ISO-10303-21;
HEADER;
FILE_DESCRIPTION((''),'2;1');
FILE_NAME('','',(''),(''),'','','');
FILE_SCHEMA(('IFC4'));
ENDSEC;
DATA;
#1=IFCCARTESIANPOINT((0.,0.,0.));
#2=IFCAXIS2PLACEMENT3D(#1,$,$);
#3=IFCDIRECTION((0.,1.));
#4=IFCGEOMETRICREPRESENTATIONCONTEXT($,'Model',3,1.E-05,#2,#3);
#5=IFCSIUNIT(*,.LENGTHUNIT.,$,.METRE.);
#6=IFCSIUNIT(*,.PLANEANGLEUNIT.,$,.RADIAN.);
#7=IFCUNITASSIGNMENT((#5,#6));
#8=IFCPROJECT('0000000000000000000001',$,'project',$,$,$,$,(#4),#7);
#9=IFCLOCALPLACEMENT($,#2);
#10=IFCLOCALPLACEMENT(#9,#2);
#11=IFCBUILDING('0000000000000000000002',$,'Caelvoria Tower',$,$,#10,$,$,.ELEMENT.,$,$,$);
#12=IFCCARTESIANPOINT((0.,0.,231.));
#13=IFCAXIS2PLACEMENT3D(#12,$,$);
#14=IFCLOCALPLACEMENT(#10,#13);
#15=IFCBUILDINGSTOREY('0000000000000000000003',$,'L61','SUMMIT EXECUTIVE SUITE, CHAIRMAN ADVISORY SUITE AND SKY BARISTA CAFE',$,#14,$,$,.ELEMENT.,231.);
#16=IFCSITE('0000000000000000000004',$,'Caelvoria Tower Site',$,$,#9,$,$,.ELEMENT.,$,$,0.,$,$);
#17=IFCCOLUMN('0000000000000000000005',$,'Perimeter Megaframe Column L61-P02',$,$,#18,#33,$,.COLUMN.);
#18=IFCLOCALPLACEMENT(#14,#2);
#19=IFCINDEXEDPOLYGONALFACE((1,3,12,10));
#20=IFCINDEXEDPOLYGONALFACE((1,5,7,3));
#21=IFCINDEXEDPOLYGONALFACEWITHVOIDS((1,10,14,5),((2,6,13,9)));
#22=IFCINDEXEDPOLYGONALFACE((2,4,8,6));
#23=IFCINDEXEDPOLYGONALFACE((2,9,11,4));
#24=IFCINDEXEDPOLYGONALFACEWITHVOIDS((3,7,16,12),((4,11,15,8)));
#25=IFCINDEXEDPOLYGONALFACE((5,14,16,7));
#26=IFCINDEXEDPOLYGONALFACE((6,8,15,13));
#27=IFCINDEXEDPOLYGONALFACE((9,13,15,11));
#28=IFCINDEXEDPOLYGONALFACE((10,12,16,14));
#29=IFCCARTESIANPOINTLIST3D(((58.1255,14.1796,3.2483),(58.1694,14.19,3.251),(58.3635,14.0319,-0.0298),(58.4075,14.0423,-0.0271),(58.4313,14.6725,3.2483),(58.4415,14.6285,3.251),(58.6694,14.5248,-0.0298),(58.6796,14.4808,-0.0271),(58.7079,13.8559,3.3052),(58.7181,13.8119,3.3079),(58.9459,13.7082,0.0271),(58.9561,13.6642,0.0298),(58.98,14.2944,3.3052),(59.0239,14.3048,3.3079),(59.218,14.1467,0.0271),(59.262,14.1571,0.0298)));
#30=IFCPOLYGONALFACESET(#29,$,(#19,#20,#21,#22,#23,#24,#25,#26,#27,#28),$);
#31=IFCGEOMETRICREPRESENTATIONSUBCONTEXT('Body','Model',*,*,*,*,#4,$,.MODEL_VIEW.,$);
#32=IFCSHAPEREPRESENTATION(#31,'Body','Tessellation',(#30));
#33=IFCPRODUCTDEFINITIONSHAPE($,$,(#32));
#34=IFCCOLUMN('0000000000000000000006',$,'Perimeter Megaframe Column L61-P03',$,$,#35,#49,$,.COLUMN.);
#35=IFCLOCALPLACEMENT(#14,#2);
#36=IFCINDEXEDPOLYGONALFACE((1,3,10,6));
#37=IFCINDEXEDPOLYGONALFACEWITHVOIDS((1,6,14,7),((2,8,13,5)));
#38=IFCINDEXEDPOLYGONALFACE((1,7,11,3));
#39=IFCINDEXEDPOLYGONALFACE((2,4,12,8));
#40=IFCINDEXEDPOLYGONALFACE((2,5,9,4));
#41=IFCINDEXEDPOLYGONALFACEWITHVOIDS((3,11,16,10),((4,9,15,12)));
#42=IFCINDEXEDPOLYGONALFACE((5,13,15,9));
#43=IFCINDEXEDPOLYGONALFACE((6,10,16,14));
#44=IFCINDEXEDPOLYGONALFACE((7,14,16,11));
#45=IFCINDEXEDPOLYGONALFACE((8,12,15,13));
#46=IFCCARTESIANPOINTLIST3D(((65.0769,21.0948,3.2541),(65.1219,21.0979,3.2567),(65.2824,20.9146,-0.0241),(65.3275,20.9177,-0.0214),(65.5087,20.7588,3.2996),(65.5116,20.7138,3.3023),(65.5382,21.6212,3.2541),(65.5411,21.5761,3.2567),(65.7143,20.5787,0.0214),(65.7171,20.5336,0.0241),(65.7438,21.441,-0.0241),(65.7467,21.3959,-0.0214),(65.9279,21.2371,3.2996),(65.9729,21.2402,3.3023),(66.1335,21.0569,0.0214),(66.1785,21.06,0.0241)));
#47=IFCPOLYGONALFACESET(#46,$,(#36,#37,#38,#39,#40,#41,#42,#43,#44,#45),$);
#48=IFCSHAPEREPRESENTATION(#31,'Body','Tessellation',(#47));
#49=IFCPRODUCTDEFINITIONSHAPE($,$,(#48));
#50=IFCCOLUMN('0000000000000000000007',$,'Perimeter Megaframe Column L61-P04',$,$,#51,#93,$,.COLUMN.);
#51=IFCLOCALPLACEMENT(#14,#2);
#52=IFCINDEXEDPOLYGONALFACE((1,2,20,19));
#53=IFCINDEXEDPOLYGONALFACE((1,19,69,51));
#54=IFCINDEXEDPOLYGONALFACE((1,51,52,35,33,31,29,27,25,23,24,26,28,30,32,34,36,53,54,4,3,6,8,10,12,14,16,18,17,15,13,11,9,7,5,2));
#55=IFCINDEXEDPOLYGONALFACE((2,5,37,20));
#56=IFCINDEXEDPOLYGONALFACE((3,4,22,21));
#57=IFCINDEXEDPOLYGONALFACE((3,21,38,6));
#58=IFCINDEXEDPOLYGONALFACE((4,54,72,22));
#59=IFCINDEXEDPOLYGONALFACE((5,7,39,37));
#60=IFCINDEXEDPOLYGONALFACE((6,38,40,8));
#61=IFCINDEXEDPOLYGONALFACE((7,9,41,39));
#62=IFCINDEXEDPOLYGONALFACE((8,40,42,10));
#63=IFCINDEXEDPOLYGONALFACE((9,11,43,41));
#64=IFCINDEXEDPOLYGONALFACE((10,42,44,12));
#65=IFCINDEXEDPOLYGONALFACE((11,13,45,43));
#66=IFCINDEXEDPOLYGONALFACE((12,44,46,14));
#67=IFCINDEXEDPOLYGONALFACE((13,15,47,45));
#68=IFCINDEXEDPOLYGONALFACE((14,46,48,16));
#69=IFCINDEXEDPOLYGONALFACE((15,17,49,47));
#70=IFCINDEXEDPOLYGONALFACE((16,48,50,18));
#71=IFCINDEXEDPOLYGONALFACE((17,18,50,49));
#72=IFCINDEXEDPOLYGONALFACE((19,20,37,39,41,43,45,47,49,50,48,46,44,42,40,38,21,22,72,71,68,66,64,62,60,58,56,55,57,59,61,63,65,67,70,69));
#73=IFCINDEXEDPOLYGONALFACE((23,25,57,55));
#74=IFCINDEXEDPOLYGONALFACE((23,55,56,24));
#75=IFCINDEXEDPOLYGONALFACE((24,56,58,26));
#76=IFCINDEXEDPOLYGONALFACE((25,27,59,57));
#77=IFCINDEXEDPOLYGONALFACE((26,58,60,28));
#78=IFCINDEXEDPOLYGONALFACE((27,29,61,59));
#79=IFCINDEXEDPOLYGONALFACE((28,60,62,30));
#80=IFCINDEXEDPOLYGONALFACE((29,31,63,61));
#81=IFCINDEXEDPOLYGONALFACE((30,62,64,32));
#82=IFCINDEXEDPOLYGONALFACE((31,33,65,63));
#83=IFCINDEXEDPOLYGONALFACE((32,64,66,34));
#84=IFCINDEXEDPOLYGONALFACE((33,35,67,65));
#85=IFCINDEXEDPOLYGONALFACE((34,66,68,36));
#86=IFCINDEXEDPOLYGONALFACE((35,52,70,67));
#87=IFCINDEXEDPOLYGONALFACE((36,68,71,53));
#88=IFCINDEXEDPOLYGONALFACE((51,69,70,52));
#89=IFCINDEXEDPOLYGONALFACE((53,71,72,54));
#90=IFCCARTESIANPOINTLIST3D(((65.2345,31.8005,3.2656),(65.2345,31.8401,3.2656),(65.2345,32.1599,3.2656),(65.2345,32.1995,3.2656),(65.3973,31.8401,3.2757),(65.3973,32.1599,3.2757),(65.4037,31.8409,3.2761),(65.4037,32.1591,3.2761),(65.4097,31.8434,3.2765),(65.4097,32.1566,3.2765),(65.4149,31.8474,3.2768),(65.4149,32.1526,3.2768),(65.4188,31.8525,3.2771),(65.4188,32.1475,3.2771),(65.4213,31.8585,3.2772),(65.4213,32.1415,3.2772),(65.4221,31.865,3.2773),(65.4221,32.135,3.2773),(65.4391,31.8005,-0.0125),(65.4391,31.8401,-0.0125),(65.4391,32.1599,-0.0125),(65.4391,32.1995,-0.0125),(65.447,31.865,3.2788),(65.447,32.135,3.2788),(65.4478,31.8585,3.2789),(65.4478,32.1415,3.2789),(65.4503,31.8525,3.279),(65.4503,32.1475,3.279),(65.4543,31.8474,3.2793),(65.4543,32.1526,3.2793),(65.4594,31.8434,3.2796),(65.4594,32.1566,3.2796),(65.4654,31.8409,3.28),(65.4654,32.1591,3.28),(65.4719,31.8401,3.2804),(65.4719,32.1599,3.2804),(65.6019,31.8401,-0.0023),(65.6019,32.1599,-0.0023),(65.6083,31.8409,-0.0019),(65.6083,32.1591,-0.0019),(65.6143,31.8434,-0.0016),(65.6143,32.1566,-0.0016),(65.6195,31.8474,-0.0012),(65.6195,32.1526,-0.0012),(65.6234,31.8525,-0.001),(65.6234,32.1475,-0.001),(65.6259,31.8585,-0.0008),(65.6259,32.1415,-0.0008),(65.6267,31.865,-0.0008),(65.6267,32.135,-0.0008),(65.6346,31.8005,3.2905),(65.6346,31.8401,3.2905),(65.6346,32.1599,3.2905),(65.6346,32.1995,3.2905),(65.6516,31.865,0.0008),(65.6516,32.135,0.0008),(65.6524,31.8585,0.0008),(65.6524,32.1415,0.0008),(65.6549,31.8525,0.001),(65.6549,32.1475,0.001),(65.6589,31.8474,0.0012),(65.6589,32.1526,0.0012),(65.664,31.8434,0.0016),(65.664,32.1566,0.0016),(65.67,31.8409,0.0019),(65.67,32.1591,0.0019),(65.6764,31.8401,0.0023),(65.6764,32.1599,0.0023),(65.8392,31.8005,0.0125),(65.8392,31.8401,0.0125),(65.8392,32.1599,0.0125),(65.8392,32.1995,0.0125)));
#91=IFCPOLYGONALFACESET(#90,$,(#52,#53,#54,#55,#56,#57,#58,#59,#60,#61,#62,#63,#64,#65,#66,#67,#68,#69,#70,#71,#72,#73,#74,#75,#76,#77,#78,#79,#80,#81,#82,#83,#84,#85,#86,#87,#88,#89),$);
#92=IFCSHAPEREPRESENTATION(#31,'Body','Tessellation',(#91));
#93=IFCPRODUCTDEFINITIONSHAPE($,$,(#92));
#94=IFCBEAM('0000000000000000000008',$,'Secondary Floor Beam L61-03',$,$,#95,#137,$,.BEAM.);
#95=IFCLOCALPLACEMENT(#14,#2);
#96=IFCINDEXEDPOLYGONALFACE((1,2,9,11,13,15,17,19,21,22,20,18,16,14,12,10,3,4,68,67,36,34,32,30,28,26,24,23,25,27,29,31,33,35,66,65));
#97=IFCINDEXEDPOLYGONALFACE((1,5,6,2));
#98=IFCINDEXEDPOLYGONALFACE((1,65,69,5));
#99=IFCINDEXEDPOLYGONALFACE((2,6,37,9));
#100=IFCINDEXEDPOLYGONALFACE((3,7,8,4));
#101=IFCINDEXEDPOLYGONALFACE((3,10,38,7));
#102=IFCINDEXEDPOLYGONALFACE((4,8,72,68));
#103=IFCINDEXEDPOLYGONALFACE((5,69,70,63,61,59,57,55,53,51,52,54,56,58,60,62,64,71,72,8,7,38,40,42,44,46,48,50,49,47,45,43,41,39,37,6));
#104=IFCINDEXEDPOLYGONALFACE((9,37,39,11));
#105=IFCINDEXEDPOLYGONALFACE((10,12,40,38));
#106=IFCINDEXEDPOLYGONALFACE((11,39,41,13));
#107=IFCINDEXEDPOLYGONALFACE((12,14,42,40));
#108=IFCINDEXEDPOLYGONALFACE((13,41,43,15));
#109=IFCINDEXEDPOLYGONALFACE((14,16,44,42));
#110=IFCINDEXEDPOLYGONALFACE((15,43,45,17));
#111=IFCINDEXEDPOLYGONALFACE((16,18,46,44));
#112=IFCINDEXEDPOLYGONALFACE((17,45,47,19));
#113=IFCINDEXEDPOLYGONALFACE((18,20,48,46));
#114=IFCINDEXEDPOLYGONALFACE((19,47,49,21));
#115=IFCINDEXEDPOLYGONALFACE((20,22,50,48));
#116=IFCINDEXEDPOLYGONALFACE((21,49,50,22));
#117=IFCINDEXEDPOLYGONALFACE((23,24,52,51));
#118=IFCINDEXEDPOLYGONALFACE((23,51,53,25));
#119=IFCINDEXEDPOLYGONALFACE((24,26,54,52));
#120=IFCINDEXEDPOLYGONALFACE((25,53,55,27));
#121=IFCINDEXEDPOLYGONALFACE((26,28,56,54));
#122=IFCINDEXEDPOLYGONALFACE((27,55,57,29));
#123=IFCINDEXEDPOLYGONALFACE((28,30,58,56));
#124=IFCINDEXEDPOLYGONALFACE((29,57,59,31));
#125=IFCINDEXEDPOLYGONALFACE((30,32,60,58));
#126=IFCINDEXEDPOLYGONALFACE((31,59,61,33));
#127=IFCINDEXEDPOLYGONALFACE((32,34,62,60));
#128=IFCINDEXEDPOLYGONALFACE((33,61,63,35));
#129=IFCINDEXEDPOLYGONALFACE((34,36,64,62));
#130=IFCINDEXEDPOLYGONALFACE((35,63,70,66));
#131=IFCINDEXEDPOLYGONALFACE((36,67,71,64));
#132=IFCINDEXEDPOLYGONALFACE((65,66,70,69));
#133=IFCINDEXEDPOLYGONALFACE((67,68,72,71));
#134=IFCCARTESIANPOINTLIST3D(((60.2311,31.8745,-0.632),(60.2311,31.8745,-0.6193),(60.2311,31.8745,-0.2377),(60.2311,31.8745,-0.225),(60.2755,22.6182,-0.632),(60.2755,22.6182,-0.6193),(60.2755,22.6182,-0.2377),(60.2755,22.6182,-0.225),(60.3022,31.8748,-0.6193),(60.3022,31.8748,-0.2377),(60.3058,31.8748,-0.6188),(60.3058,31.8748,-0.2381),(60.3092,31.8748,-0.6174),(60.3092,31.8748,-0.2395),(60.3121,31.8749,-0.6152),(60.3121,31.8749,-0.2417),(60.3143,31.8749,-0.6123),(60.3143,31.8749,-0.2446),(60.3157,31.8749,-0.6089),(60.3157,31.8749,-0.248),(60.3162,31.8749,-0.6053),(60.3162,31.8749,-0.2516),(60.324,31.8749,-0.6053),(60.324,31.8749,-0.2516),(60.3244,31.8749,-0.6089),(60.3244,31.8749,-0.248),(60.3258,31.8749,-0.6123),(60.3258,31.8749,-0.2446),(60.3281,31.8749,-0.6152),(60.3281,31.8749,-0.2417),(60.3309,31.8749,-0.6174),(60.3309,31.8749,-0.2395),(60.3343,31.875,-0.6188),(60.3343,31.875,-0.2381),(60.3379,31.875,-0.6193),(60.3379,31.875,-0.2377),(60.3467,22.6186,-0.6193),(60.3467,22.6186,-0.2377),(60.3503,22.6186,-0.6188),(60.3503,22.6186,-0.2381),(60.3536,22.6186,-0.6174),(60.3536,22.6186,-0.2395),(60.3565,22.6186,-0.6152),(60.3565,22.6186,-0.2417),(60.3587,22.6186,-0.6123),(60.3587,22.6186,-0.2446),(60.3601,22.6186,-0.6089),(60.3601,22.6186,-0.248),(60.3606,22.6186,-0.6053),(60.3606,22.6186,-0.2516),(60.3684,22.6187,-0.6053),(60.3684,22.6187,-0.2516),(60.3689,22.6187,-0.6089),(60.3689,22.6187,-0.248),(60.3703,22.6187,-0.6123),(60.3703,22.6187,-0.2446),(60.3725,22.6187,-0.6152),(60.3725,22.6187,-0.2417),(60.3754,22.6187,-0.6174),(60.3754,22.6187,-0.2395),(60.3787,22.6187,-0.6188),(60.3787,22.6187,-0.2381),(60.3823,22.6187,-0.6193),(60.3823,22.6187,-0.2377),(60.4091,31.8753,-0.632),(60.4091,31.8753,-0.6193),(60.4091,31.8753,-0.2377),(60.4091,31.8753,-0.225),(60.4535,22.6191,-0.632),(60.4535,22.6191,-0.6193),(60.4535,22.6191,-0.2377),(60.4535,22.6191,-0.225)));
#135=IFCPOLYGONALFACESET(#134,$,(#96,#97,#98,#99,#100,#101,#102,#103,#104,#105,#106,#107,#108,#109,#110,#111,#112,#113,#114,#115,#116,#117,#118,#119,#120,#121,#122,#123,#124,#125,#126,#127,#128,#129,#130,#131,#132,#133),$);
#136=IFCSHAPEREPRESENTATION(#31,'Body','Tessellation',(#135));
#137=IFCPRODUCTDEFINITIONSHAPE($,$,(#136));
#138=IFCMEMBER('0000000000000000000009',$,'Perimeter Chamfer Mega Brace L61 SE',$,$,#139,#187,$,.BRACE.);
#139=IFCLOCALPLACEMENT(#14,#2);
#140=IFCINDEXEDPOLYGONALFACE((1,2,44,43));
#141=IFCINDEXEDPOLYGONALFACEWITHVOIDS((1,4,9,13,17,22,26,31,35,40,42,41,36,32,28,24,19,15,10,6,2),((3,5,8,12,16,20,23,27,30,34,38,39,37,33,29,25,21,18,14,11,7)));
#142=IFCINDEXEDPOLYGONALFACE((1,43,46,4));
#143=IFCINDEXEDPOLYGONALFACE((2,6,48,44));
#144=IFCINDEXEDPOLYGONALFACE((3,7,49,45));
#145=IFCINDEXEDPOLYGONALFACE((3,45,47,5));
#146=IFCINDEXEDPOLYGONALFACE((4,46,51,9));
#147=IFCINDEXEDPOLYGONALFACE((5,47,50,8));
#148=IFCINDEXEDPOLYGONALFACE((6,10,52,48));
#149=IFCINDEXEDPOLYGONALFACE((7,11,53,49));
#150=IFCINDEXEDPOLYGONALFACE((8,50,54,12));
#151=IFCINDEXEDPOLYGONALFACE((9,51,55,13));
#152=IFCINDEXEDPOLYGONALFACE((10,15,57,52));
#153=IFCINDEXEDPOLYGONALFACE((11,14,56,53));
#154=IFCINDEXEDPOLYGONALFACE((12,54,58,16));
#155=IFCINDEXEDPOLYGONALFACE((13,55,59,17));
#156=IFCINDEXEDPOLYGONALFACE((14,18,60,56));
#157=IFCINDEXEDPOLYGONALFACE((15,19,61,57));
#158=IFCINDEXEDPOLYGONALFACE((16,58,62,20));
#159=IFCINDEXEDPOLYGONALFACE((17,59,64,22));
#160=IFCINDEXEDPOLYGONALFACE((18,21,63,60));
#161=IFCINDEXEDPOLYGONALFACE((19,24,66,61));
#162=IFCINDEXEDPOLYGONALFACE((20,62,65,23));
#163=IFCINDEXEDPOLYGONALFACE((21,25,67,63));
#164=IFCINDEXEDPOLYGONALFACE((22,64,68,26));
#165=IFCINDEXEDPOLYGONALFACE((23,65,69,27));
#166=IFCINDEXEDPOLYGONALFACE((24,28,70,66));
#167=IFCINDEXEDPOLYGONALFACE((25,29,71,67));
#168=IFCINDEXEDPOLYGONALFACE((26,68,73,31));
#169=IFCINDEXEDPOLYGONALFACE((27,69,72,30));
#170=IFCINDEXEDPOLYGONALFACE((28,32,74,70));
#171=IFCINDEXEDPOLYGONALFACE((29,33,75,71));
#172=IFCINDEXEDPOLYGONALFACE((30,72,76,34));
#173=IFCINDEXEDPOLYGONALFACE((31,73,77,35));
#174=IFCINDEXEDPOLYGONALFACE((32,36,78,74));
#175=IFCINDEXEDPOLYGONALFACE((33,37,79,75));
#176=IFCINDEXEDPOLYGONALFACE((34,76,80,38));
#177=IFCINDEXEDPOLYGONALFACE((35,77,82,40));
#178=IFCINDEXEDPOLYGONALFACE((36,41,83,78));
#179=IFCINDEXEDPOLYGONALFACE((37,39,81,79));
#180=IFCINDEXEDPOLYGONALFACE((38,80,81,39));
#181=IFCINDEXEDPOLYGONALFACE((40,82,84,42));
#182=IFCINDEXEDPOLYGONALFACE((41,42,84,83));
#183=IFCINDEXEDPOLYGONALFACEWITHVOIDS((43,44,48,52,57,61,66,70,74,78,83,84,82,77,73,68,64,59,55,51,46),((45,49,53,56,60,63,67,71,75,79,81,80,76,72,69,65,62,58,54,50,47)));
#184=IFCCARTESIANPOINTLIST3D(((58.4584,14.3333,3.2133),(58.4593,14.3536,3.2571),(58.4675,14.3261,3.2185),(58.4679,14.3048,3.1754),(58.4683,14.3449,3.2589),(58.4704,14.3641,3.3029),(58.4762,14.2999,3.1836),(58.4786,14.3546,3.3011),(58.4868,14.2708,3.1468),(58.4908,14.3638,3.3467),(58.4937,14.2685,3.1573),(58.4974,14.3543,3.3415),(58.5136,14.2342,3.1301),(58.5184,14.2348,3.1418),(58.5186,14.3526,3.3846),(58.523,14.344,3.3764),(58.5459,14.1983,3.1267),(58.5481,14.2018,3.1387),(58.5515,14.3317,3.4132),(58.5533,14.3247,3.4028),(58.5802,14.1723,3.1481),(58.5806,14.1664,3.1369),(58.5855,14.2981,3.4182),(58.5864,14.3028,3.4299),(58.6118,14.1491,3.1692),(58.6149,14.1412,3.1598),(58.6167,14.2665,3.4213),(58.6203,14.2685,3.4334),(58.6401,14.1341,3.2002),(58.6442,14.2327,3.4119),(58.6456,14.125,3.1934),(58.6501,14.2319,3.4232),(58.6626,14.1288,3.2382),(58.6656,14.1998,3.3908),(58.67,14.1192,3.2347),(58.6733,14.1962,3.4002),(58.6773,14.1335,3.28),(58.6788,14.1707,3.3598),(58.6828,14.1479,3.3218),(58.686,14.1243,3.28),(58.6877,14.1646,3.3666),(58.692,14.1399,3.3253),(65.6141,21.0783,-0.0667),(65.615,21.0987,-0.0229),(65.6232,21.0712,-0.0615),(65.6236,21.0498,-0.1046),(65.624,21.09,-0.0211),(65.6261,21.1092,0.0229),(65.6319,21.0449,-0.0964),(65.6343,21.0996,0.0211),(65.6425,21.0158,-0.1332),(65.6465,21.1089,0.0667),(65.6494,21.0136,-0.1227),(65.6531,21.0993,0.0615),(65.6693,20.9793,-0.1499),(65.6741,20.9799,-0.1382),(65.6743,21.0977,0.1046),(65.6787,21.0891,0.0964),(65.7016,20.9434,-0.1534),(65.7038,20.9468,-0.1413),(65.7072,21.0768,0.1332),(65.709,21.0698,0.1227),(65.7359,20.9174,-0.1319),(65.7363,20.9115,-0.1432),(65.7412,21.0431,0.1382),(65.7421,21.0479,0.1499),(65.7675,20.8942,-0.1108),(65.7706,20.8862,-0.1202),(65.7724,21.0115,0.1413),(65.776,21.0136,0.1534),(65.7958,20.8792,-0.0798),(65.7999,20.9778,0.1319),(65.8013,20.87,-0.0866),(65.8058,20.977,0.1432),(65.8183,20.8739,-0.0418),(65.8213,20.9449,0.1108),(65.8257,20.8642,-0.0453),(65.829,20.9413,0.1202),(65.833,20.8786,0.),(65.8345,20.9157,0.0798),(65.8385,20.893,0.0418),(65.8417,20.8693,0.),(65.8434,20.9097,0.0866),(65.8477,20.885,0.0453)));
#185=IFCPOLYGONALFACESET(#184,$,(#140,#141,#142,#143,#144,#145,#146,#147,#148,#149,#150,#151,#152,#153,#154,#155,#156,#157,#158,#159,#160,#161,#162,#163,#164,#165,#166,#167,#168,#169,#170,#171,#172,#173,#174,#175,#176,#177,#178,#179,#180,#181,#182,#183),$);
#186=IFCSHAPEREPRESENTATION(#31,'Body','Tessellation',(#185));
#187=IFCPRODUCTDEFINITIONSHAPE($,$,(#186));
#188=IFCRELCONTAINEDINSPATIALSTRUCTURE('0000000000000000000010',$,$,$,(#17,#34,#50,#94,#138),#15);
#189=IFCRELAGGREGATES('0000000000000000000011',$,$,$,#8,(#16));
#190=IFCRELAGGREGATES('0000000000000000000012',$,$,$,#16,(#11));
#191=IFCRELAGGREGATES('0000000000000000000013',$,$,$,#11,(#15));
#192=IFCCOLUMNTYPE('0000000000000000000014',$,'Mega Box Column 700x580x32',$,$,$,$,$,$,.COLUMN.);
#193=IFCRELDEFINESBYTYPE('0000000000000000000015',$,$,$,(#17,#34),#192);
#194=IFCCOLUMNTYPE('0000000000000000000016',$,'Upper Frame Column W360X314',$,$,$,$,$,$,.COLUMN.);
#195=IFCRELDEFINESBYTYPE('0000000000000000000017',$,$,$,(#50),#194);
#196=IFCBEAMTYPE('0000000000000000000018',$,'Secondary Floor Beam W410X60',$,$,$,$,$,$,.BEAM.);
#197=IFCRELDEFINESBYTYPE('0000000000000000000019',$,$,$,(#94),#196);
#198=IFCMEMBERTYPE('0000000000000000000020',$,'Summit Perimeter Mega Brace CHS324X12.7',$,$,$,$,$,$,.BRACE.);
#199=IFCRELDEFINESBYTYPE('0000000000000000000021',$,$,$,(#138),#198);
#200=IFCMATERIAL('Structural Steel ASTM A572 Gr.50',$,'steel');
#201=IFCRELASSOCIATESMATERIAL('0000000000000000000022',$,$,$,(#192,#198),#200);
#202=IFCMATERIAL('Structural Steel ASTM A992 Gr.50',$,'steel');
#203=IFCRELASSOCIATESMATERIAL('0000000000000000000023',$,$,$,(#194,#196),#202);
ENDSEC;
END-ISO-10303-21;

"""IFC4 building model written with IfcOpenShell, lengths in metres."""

from ifc_helpers import new_model, si_unit, direction, frame, origin, origin_2d, place, context, subcontext, project, spatial, hollow_rectangle, hollow_circle, i_section, extrude, material, material_profile, profile_set, type_object, element, save


model = new_model("IFC4")

# Units and contexts
model_context = context("Model", 3, precision=1e-05, world=origin(), true_north=direction((0.0, 1.0)))
body_context = subcontext(model_context, "Body", "Model", "MODEL_VIEW")
ifc_project = project(units=[si_unit("LENGTHUNIT", "METRE"), si_unit("PLANEANGLEUNIT", "RADIAN")], contexts=[model_context])

# Site, building, storey
site_placement = place(None, origin())
site = spatial("IfcSite", under=ifc_project, at=site_placement, Name="Caelvoria Tower Site", CompositionType="ELEMENT", RefElevation=0.0)
building_placement = place(site_placement, origin())
building = spatial("IfcBuilding", under=site, at=building_placement, Name="Caelvoria Tower", CompositionType="ELEMENT")
storey_placement = place(building_placement, frame((0.0, 0.0, 231.0)))
storey = spatial("IfcBuildingStorey", under=building, at=storey_placement, Name="L61", Description="SUMMIT EXECUTIVE SUITE, CHAIRMAN ADVISORY SUITE AND SKY BARISTA CAFE", CompositionType="ELEMENT", Elevation=231.0)

# Columns
ifc_material_1 = material(Name="Structural Steel ASTM A572 Gr.50", Category="steel")
ifc_material_profile_1 = material_profile(ifc_material_1, hollow_rectangle(XDim=0.5801, YDim=0.7, WallThickness=0.032, at=origin_2d()), Name="Structural Steel ASTM A572 Gr.50")
ifc_profile_set_1 = profile_set([ifc_material_profile_1], Name="BOX700X580X32 - Structural Steel ASTM A572 Gr.50")
column_type_1 = type_object("IfcColumnType", Name="Mega Box Column 700x580x32", PredefinedType="COLUMN", material=ifc_profile_set_1)
column_1_placement = place(storey_placement, frame((58.8127, 14.0945, 0.0), z_axis=(-0.072351, 0.044895, 0.996368), x_axis=(-0.527254, -0.849707, 0.0)))
element("IfcColumn", 1, at=column_1_placement, inside=storey, type_object=column_type_1, Name="Perimeter Megaframe Column L61-P02", PredefinedType="COLUMN", context=body_context, shape_type="SweptSolid", body=[
    extrude(hollow_rectangle(XDim=0.5801, YDim=0.7, WallThickness=0.032, at=origin_2d()), origin(), (0.0, 0.0, 1.0), 3.29),
])
column_2_placement = place(storey_placement, frame((65.7305, 20.9873, 0.0), z_axis=(-0.062493, 0.054774, 0.996541), x_axis=(0.749422, -0.656857, 0.083099)))
element("IfcColumn", 2, at=column_2_placement, inside=storey, type_object=column_type_1, Name="Perimeter Megaframe Column L61-P03", PredefinedType="COLUMN", context=body_context, shape_type="SweptSolid", body=[
    extrude(hollow_rectangle(XDim=0.5801, YDim=0.7, WallThickness=0.032, at=origin_2d()), origin(), (0.0, 0.0, 1.0), 3.2896),
])
ifc_material_2 = material(Name="Structural Steel ASTM A992 Gr.50", Category="steel")
ifc_material_profile_2 = material_profile(ifc_material_2, i_section(OverallWidth=0.4009, OverallDepth=0.3989, WebThickness=0.0249, FlangeThickness=0.0396, FilletRadius=0.0249, at=origin_2d()), Name="Structural Steel ASTM A992 Gr.50")
ifc_profile_set_2 = profile_set([ifc_material_profile_2], Name="W360X314 - Structural Steel ASTM A992 Gr.50")
column_type_2 = type_object("IfcColumnType", Name="Upper Frame Column W360X314", PredefinedType="COLUMN", material=ifc_profile_set_2)
column_3_placement = place(storey_placement, frame((65.6392, 32.0, 0.0), z_axis=(-0.06229, 0.0, 0.998058), x_axis=(0.998058, 0.0, 0.06229)))
element("IfcColumn", 3, at=column_3_placement, inside=storey, type_object=column_type_2, Name="Perimeter Megaframe Column L61-P04", PredefinedType="COLUMN", context=body_context, shape_type="SweptSolid", body=[
    extrude(i_section(OverallWidth=0.4009, OverallDepth=0.3989, WebThickness=0.0249, FlangeThickness=0.0396, FilletRadius=0.0249, at=origin_2d()), origin(), (0.0, 0.0, 1.0), 3.2844),
])

# Beam
ifc_material_profile_3 = material_profile(ifc_material_2, i_section(OverallWidth=0.178, OverallDepth=0.407, WebThickness=0.0078, FlangeThickness=0.0127, FilletRadius=0.0139, at=origin_2d()), Name="Structural Steel ASTM A992 Gr.50")
ifc_profile_set_3 = profile_set([ifc_material_profile_3], Name="W410X60 - Structural Steel ASTM A992 Gr.50")
beam_type_1 = type_object("IfcBeamType", Name="Secondary Floor Beam W410X60", PredefinedType="BEAM", material=ifc_profile_set_3)
beam_1_placement = place(storey_placement, frame((60.3645, 22.6187, -0.4285), z_axis=(-0.0048, 0.999988, 0.0), x_axis=(-0.999988, -0.0048, 0.0)))
element("IfcBeam", 4, at=beam_1_placement, inside=storey, type_object=beam_type_1, Name="Secondary Floor Beam L61-03", PredefinedType="BEAM", context=body_context, shape_type="SweptSolid", body=[
    extrude(i_section(OverallWidth=0.178, OverallDepth=0.407, WebThickness=0.0078, FlangeThickness=0.0127, FilletRadius=0.0139, at=origin_2d()), origin(), (0.0, 0.0, 1.0), 9.2563),
])

# Member
ifc_material_profile_4 = material_profile(ifc_material_1, hollow_circle(Radius=0.1621, WallThickness=0.0127, at=origin_2d()), Name="Structural Steel ASTM A572 Gr.50")
ifc_profile_set_4 = profile_set([ifc_material_profile_4], Name="CHS324X12.7 - Structural Steel ASTM A572 Gr.50")
member_type = type_object("IfcMemberType", Name="Summit Perimeter Mega Brace CHS324X12.7", PredefinedType="BRACE", material=ifc_profile_set_4)
member_placement = place(storey_placement, frame((65.7305, 20.9873, 0.0), z_axis=(-0.690291, -0.650678, 0.316413), x_axis=(0.685919, -0.727678, 0.0)))
element("IfcMember", 5, at=member_placement, inside=storey, type_object=member_type, Name="Perimeter Chamfer Mega Brace L61 SE", PredefinedType="BRACE", context=body_context, shape_type="SweptSolid", body=[
    extrude(hollow_circle(Radius=0.1621, WallThickness=0.0127, at=origin_2d()), origin(), (0.0, 0.0, 1.0), 10.3662),
])

save(model, "model.ifc")
